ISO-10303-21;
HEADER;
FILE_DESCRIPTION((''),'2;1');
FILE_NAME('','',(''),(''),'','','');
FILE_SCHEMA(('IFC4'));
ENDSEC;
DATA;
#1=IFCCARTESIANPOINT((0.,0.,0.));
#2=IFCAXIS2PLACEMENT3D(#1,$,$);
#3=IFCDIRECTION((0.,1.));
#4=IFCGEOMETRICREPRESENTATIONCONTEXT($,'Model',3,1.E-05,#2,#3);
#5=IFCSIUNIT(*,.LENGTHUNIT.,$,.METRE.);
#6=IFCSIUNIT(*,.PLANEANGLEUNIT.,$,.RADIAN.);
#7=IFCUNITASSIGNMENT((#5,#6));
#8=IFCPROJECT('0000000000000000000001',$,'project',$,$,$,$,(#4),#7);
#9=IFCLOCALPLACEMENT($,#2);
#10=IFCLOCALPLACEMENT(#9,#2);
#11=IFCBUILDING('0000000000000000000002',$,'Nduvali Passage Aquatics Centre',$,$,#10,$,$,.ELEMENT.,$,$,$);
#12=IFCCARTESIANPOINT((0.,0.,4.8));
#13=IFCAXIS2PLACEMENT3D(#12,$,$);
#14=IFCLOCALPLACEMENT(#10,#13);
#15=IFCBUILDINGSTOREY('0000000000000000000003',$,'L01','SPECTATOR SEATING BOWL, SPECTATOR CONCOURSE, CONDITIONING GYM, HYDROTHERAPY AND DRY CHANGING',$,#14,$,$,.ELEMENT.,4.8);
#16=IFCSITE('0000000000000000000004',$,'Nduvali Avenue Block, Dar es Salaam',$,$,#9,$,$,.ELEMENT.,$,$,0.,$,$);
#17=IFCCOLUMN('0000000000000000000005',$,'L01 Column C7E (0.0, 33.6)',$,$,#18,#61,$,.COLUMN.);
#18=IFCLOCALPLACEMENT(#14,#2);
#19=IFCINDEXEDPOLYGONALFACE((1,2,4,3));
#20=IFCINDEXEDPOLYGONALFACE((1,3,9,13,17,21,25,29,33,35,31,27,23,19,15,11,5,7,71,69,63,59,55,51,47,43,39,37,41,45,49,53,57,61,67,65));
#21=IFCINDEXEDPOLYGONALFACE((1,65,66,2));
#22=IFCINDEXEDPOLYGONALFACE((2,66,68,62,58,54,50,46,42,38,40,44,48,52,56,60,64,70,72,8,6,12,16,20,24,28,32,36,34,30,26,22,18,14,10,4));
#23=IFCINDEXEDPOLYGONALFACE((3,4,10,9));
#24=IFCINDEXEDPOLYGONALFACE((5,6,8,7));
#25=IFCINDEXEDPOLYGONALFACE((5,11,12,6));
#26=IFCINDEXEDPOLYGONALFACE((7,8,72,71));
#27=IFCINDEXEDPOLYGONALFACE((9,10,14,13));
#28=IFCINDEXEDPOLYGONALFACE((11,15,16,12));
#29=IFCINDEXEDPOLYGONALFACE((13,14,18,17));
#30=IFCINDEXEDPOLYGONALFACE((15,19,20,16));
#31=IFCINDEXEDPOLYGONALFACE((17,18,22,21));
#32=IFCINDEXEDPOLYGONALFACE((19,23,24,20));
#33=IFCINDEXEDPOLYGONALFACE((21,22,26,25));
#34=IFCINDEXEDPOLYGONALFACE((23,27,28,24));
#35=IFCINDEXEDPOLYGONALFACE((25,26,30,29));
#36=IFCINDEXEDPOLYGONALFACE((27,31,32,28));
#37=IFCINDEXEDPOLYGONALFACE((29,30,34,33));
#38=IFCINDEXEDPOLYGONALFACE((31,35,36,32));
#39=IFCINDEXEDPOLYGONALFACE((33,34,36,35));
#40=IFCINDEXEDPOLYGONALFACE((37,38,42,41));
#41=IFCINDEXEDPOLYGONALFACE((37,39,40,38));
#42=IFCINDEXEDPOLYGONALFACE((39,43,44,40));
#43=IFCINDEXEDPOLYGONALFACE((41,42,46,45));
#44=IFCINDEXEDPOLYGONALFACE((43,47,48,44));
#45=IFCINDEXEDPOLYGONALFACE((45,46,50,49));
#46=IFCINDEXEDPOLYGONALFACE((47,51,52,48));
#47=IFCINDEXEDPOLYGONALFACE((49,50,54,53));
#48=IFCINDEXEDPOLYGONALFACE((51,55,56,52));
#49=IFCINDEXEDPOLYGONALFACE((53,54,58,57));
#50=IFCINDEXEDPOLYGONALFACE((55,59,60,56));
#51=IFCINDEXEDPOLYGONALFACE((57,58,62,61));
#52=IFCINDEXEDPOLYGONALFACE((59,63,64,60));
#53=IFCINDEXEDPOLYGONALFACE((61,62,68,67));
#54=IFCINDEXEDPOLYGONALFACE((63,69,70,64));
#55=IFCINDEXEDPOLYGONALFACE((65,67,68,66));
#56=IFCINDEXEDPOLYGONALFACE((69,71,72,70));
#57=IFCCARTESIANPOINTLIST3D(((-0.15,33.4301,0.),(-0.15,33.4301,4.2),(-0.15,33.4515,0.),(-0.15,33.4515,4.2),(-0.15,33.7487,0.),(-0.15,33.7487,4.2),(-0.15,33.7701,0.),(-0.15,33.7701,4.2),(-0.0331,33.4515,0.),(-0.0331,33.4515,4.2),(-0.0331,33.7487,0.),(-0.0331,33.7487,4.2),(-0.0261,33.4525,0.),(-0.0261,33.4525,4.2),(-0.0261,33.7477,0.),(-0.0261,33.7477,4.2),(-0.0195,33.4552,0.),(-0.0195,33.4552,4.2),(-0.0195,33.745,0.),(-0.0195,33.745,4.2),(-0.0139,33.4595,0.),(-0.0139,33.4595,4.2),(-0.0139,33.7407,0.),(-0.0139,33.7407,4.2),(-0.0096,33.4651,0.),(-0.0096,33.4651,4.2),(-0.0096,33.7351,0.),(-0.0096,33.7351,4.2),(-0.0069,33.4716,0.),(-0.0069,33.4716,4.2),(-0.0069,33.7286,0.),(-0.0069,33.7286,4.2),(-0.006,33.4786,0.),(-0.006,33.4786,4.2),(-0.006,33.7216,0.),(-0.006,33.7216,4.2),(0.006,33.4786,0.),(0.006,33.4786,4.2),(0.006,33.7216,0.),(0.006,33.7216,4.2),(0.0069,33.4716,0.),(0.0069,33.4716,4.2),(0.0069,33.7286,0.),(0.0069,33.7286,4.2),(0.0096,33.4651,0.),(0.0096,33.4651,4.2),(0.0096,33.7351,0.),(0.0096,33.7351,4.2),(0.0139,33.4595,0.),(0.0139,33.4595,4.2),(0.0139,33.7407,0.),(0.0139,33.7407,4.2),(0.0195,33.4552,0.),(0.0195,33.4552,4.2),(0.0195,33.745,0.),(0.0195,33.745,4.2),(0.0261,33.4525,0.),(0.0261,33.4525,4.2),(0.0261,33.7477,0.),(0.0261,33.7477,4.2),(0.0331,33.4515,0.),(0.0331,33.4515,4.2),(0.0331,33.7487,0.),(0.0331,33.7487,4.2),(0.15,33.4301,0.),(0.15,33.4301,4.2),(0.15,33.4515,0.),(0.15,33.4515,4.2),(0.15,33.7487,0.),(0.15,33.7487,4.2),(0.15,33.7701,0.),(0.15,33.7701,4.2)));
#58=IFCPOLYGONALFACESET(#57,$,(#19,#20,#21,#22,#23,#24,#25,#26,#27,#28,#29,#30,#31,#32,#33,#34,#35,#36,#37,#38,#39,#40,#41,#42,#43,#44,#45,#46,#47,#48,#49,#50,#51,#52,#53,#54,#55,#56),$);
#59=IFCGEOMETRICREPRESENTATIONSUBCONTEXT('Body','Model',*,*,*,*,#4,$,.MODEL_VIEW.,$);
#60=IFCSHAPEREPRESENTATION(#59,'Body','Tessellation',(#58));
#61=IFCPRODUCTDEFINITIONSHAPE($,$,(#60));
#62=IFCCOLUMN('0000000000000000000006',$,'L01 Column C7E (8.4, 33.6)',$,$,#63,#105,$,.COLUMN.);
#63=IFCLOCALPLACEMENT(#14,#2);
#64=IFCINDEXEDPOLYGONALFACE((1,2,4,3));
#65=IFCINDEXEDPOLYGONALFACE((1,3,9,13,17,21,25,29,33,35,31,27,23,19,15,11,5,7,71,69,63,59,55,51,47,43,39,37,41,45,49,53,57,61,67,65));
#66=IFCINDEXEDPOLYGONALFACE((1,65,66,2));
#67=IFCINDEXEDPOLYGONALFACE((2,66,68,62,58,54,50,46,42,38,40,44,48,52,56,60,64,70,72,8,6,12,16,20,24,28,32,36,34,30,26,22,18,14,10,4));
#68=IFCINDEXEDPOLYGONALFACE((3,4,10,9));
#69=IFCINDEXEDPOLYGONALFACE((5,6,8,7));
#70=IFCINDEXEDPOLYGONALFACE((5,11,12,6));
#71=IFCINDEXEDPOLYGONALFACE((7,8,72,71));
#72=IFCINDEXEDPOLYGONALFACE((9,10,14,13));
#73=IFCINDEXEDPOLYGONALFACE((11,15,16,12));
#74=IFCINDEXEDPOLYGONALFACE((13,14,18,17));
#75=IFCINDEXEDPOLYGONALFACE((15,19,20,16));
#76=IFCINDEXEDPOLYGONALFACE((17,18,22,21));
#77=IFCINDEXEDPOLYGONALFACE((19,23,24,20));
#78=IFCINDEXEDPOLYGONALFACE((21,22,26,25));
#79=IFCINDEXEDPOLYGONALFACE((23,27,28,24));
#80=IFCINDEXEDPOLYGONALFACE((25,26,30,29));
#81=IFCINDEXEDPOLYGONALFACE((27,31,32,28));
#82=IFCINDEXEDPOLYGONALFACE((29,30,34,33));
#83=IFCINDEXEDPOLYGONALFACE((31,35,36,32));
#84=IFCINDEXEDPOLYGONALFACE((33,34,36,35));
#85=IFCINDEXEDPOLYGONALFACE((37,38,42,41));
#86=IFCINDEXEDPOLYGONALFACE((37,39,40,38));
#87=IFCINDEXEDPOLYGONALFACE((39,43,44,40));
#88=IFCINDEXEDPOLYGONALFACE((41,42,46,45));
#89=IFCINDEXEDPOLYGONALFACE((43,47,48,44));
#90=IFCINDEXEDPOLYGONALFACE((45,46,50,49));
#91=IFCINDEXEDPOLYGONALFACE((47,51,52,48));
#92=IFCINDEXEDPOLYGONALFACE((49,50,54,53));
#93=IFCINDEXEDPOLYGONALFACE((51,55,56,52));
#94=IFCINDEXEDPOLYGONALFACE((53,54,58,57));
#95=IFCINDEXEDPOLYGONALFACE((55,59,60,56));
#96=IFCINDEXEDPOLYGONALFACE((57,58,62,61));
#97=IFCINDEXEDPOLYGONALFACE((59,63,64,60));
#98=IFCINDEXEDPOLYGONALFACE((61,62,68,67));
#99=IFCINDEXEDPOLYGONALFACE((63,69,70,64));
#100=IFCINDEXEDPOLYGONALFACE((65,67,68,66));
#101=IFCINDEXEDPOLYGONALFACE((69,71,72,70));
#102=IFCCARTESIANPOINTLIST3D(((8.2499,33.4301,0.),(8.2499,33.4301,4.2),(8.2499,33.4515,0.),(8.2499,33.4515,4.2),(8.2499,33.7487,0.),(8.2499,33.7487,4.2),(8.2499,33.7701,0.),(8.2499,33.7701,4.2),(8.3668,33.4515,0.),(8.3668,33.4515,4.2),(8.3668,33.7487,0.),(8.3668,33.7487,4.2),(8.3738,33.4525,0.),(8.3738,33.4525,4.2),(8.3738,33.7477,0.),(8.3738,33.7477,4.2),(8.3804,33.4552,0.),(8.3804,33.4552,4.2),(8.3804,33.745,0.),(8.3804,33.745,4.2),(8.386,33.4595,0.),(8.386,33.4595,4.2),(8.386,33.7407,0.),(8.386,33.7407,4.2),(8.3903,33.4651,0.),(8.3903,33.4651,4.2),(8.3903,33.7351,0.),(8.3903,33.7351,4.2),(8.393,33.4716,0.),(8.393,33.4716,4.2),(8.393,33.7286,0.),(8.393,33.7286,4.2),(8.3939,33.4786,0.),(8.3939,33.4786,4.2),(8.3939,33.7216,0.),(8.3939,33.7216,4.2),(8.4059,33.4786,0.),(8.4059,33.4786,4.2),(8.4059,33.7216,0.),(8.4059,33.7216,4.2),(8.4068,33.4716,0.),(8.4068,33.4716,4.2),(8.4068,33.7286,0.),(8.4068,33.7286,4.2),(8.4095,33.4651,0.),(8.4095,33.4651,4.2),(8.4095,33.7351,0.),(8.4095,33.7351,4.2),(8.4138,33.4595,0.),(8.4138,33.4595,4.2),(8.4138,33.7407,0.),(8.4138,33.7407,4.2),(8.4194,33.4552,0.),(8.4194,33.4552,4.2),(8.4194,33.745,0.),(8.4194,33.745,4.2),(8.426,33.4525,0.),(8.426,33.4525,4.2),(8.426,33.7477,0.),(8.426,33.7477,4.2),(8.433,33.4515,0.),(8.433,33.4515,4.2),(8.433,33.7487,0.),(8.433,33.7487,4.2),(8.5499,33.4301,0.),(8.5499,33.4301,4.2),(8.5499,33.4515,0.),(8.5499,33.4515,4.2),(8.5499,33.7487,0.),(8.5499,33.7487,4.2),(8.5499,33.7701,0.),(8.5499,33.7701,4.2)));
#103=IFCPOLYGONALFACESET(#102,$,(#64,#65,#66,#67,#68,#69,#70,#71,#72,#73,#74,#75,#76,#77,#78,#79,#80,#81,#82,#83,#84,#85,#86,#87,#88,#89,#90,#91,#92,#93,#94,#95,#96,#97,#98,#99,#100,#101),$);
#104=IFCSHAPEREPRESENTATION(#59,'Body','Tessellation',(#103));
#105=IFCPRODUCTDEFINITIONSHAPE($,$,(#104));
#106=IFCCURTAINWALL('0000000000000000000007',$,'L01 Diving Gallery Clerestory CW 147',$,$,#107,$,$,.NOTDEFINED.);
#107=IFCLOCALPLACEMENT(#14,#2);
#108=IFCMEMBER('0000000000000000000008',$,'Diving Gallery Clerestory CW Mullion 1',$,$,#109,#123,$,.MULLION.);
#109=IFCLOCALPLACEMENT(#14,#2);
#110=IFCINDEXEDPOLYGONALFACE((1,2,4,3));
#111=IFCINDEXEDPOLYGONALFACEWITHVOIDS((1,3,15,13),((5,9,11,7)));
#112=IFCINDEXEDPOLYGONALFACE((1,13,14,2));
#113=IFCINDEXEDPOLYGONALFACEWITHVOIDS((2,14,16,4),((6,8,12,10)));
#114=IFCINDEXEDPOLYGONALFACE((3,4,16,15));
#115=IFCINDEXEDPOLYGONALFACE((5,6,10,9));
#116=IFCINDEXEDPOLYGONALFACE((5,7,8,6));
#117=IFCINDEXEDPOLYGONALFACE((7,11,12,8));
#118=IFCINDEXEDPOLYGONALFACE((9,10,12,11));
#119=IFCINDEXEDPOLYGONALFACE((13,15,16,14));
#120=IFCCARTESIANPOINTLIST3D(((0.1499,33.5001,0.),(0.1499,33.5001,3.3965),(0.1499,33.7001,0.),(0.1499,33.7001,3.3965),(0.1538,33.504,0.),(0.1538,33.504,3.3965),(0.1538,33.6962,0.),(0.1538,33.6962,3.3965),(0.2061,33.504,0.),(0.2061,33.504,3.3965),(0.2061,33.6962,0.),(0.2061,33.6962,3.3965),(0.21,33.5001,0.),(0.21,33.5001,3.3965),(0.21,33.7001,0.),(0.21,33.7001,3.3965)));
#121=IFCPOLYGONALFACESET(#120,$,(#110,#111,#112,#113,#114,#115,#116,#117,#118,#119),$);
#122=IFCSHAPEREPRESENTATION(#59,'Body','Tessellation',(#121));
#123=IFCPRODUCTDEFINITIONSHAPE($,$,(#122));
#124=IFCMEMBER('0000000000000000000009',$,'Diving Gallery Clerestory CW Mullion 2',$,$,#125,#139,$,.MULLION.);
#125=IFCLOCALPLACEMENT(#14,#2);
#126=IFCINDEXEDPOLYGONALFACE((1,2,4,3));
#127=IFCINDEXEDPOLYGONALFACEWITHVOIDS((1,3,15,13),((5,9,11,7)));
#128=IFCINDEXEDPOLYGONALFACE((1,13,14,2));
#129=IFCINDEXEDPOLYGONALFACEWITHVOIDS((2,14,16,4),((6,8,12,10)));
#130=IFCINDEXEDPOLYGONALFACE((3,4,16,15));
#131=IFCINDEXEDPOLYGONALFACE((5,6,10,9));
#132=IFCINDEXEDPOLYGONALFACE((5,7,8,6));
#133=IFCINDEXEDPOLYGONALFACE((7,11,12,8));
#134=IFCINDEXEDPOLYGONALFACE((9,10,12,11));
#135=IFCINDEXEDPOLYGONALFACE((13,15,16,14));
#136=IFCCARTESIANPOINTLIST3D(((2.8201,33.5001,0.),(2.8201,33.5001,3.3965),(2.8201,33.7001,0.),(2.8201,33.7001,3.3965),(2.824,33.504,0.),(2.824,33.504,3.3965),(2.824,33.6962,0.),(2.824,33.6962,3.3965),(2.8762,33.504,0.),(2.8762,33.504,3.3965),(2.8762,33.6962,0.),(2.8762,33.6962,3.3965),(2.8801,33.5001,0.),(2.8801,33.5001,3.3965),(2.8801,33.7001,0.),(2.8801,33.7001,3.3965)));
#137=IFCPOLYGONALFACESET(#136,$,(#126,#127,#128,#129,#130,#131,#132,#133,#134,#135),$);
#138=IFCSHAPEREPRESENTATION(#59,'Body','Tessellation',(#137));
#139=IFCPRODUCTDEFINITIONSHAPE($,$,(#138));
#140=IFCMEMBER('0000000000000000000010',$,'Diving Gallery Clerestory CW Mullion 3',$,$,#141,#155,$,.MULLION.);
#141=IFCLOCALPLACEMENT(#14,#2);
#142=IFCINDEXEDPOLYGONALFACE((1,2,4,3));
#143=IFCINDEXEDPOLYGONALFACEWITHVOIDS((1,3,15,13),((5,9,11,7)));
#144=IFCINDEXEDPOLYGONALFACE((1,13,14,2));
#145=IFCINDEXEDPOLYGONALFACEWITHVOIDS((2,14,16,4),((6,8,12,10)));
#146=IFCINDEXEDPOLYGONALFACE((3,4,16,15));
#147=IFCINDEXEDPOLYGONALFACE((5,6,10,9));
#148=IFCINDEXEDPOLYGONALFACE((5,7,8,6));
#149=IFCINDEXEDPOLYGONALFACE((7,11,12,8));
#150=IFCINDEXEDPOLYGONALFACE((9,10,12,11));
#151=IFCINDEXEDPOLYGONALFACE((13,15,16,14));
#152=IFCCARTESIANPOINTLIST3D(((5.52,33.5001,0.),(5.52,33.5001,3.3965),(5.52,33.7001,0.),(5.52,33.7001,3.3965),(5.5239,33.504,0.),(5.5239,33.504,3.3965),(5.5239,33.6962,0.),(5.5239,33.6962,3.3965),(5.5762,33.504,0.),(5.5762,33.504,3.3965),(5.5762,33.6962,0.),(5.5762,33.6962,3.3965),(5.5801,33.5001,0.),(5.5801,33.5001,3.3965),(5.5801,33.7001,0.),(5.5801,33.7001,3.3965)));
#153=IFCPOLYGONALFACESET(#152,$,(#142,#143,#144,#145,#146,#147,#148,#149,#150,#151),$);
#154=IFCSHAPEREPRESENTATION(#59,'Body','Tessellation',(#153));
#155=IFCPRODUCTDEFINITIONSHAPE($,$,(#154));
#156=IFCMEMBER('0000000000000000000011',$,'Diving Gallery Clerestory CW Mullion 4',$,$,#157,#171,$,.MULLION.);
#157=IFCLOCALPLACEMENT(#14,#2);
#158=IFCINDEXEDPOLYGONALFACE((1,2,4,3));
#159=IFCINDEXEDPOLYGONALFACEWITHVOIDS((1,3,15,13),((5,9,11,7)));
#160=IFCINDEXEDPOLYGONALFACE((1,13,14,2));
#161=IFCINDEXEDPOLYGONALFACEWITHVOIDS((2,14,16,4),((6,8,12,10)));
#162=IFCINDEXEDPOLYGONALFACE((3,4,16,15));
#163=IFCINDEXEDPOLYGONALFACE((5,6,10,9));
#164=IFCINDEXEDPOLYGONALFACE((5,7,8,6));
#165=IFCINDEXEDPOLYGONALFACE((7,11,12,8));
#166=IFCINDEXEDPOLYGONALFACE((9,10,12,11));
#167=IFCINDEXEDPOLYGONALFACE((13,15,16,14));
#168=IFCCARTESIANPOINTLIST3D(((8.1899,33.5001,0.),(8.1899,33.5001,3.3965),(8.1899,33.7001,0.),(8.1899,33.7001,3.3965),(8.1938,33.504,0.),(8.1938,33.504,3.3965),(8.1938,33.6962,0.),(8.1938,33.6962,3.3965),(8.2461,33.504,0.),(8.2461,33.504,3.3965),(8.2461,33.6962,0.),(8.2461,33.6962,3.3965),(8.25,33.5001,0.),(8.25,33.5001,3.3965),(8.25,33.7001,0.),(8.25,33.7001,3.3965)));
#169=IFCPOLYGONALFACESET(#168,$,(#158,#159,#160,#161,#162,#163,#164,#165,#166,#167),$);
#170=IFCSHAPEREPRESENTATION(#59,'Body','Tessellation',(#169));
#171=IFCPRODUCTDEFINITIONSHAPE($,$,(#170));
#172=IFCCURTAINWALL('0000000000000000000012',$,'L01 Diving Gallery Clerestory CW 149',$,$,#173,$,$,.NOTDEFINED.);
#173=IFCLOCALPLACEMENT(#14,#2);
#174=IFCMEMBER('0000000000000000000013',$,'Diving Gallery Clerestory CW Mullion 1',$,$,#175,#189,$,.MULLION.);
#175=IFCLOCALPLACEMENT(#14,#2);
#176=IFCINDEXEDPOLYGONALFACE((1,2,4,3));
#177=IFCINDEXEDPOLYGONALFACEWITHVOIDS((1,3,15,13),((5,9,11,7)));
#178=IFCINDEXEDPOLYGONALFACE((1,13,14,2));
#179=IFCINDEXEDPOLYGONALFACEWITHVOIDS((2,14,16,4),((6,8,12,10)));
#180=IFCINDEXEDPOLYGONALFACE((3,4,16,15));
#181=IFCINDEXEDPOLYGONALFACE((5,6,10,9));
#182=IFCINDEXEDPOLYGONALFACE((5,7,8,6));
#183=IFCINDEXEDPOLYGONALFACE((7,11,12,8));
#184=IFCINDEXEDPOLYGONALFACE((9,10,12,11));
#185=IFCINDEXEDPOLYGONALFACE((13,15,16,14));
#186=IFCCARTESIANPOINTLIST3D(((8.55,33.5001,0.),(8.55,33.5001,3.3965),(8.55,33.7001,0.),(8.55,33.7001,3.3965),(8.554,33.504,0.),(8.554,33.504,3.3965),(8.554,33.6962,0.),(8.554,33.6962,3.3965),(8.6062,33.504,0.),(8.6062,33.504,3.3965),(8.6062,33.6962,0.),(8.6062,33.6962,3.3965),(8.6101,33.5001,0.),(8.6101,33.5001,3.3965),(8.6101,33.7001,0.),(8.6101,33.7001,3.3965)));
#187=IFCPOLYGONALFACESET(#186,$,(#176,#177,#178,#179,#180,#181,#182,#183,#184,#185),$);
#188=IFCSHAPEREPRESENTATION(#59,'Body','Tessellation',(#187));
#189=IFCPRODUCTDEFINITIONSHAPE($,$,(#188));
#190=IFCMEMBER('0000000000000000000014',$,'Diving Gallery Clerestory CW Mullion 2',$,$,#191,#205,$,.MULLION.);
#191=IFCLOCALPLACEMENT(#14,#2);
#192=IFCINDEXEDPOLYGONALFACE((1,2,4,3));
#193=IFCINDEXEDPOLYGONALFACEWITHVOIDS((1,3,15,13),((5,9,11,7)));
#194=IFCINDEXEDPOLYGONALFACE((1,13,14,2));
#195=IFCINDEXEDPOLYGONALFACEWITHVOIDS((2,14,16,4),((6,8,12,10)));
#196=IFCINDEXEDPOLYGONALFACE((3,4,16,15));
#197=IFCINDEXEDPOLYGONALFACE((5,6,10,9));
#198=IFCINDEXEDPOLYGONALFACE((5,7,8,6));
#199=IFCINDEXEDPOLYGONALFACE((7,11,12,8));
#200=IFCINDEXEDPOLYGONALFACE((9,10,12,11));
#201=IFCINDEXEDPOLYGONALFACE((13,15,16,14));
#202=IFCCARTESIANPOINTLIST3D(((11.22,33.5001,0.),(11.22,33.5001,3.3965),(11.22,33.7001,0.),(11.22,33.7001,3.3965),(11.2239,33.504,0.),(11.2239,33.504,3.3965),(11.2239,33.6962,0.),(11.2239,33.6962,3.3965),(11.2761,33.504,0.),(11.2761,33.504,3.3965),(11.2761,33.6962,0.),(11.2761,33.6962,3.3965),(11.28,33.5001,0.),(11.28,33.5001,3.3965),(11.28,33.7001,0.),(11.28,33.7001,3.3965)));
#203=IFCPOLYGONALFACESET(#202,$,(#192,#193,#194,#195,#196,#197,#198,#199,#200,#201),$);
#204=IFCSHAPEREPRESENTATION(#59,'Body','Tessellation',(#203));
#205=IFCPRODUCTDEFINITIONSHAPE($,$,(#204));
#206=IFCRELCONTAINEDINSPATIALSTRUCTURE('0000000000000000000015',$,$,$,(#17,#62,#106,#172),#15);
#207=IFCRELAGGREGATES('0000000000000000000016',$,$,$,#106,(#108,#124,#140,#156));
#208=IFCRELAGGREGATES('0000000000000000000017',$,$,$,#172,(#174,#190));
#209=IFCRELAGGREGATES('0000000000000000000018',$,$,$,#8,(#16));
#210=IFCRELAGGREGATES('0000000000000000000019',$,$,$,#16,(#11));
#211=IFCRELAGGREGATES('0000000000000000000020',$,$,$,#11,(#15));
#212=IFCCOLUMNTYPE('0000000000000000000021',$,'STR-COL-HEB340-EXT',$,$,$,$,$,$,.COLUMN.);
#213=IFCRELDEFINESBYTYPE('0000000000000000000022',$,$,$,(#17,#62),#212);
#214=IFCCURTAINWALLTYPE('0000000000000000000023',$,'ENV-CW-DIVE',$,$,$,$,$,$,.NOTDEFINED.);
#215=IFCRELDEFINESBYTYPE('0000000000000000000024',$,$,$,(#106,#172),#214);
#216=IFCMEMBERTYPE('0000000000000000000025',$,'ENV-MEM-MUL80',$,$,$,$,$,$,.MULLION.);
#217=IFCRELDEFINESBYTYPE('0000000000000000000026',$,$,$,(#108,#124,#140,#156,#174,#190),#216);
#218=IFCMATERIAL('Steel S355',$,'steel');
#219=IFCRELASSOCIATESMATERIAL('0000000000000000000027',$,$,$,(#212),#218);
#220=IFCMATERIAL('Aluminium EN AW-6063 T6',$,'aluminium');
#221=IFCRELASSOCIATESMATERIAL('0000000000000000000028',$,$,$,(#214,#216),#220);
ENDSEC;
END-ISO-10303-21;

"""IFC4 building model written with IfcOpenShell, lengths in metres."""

from ifc_helpers import new_model, si_unit, direction, frame, origin, origin_2d, place, context, subcontext, project, spatial, hollow_rectangle, i_section, extrude, material, material_profile, profile_set, type_object, element, aggregate, save


model = new_model("IFC4")

# Units and contexts
model_context = context("Model", 3, precision=1e-05, world=origin(), true_north=direction((0.0, 1.0)))
body_context = subcontext(model_context, "Body", "Model", "MODEL_VIEW")
ifc_project = project(units=[si_unit("LENGTHUNIT", "METRE"), si_unit("PLANEANGLEUNIT", "RADIAN")], contexts=[model_context])

# Site, building, storey
site_placement = place(None, origin())
site = spatial("IfcSite", under=ifc_project, at=site_placement, Name="Nduvali Avenue Block, Dar es Salaam", CompositionType="ELEMENT", RefElevation=0.0)
building_placement = place(site_placement, origin())
building = spatial("IfcBuilding", under=site, at=building_placement, Name="Nduvali Passage Aquatics Centre", CompositionType="ELEMENT")
storey_placement = place(building_placement, frame((0.0, 0.0, 4.8)))
storey = spatial("IfcBuildingStorey", under=building, at=storey_placement, Name="L01", Description="SPECTATOR SEATING BOWL, SPECTATOR CONCOURSE, CONDITIONING GYM, HYDROTHERAPY AND DRY CHANGING", CompositionType="ELEMENT", Elevation=4.8)

# Columns
ifc_material_1 = material(Name="Steel S355", Category="steel")
ifc_material_profile_1 = material_profile(ifc_material_1, i_section(OverallWidth=0.3, OverallDepth=0.3401, WebThickness=0.012, FlangeThickness=0.0215, FilletRadius=0.0271, at=origin_2d()), Name="HEB 340")
ifc_profile_set_1 = profile_set([ifc_material_profile_1], Name="Steel S355")
column_type = type_object("IfcColumnType", Name="STR-COL-HEB340-EXT", PredefinedType="COLUMN", material=ifc_profile_set_1)
for number, where, z_axis, x_axis, name in (
    (1, (0.0, 33.6001, 0.0), (0.0, 0.0, 1.0), (1.0, 0.0, 0.0), "L01 Column C7E (0.0, 33.6)"),
    (2, (8.3999, 33.6001, 0.0), (0.0, 0.0, 1.0), (1.0, 0.0, 0.0), "L01 Column C7E (8.4, 33.6)"),
):
    element("IfcColumn", number, at=place(storey_placement, frame(where, z_axis=z_axis, x_axis=x_axis)), inside=storey, type_object=column_type, Name=name, PredefinedType="COLUMN", context=body_context, shape_type="SweptSolid", body=[
        extrude(i_section(OverallWidth=0.3, OverallDepth=0.3401, WebThickness=0.012, FlangeThickness=0.0215, FilletRadius=0.0271, at=origin_2d()), origin(), (0.0, 0.0, 1.0), 4.2),
    ])

# Curtain walls, members
ifc_material_2 = material(Name="Aluminium EN AW-6063 T6", Category="aluminium")
curtain_wall_type = type_object("IfcCurtainWallType", Name="ENV-CW-DIVE", PredefinedType="NOTDEFINED", material=ifc_material_2)
curtain_wall_1_placement = place(storey_placement, origin())
curtain_wall_1 = element("IfcCurtainWall", 3, at=curtain_wall_1_placement, inside=storey, type_object=curtain_wall_type, Name="L01 Diving Gallery Clerestory CW 147", PredefinedType="NOTDEFINED")
ifc_material_profile_2 = material_profile(ifc_material_2, hollow_rectangle(XDim=0.0601, YDim=0.2, WallThickness=0.0039, at=origin_2d()), Name="ALU MULLION 60x200x4")
ifc_profile_set_2 = profile_set([ifc_material_profile_2], Name="Aluminium EN AW-6063 T6")
member_type_1 = type_object("IfcMemberType", Name="ENV-MEM-MUL80", PredefinedType="MULLION", material=ifc_profile_set_2)
member_1_placement = place(storey_placement, frame((0.1799, 33.6001, 0.0), z_axis=(0.0, 0.0, 1.0), x_axis=(1.0, 0.0, 0.0)))
member_1 = element("IfcMember", 4, at=member_1_placement, type_object=member_type_1, Name="Diving Gallery Clerestory CW Mullion 1", PredefinedType="MULLION", context=body_context, shape_type="SweptSolid", body=[
    extrude(hollow_rectangle(XDim=0.0601, YDim=0.2, WallThickness=0.0039, at=origin_2d()), origin(), (0.0, 0.0, 1.0), 3.3965),
])
member_2_placement = place(storey_placement, frame((2.8501, 33.6001, 0.0), z_axis=(0.0, 0.0, 1.0), x_axis=(1.0, 0.0, 0.0)))
member_2 = element("IfcMember", 5, at=member_2_placement, type_object=member_type_1, Name="Diving Gallery Clerestory CW Mullion 2", PredefinedType="MULLION", context=body_context, shape_type="SweptSolid", body=[
    extrude(hollow_rectangle(XDim=0.0601, YDim=0.2, WallThickness=0.0039, at=origin_2d()), origin(), (0.0, 0.0, 1.0), 3.3965),
])
member_3_placement = place(storey_placement, frame((5.55, 33.6001, 0.0), z_axis=(0.0, 0.0, 1.0), x_axis=(1.0, 0.0, 0.0)))
member_3 = element("IfcMember", 6, at=member_3_placement, type_object=member_type_1, Name="Diving Gallery Clerestory CW Mullion 3", PredefinedType="MULLION", context=body_context, shape_type="SweptSolid", body=[
    extrude(hollow_rectangle(XDim=0.0601, YDim=0.2, WallThickness=0.0039, at=origin_2d()), origin(), (0.0, 0.0, 1.0), 3.3965),
])
member_4_placement = place(storey_placement, frame((8.22, 33.6001, 0.0), z_axis=(0.0, 0.0, 1.0), x_axis=(1.0, 0.0, 0.0)))
member_4 = element("IfcMember", 7, at=member_4_placement, type_object=member_type_1, Name="Diving Gallery Clerestory CW Mullion 4", PredefinedType="MULLION", context=body_context, shape_type="SweptSolid", body=[
    extrude(hollow_rectangle(XDim=0.0601, YDim=0.2, WallThickness=0.0039, at=origin_2d()), origin(), (0.0, 0.0, 1.0), 3.3965),
])
curtain_wall_2_placement = place(storey_placement, origin())
curtain_wall_2 = element("IfcCurtainWall", 8, at=curtain_wall_2_placement, inside=storey, type_object=curtain_wall_type, Name="L01 Diving Gallery Clerestory CW 149", PredefinedType="NOTDEFINED")
member_5_placement = place(storey_placement, frame((8.5801, 33.6001, 0.0), z_axis=(0.0, 0.0, 1.0), x_axis=(1.0, 0.0, 0.0)))
member_5 = element("IfcMember", 9, at=member_5_placement, type_object=member_type_1, Name="Diving Gallery Clerestory CW Mullion 1", PredefinedType="MULLION", context=body_context, shape_type="SweptSolid", body=[
    extrude(hollow_rectangle(XDim=0.0601, YDim=0.2, WallThickness=0.0039, at=origin_2d()), origin(), (0.0, 0.0, 1.0), 3.3965),
])
member_6_placement = place(storey_placement, frame((11.25, 33.6001, 0.0), z_axis=(0.0, 0.0, 1.0), x_axis=(1.0, 0.0, 0.0)))
member_6 = element("IfcMember", 10, at=member_6_placement, type_object=member_type_1, Name="Diving Gallery Clerestory CW Mullion 2", PredefinedType="MULLION", context=body_context, shape_type="SweptSolid", body=[
    extrude(hollow_rectangle(XDim=0.0601, YDim=0.2, WallThickness=0.0039, at=origin_2d()), origin(), (0.0, 0.0, 1.0), 3.3965),
])

aggregate(curtain_wall_1, [member_1, member_2, member_3, member_4])
aggregate(curtain_wall_2, [member_5, member_6])

save(model, "model.ifc")
